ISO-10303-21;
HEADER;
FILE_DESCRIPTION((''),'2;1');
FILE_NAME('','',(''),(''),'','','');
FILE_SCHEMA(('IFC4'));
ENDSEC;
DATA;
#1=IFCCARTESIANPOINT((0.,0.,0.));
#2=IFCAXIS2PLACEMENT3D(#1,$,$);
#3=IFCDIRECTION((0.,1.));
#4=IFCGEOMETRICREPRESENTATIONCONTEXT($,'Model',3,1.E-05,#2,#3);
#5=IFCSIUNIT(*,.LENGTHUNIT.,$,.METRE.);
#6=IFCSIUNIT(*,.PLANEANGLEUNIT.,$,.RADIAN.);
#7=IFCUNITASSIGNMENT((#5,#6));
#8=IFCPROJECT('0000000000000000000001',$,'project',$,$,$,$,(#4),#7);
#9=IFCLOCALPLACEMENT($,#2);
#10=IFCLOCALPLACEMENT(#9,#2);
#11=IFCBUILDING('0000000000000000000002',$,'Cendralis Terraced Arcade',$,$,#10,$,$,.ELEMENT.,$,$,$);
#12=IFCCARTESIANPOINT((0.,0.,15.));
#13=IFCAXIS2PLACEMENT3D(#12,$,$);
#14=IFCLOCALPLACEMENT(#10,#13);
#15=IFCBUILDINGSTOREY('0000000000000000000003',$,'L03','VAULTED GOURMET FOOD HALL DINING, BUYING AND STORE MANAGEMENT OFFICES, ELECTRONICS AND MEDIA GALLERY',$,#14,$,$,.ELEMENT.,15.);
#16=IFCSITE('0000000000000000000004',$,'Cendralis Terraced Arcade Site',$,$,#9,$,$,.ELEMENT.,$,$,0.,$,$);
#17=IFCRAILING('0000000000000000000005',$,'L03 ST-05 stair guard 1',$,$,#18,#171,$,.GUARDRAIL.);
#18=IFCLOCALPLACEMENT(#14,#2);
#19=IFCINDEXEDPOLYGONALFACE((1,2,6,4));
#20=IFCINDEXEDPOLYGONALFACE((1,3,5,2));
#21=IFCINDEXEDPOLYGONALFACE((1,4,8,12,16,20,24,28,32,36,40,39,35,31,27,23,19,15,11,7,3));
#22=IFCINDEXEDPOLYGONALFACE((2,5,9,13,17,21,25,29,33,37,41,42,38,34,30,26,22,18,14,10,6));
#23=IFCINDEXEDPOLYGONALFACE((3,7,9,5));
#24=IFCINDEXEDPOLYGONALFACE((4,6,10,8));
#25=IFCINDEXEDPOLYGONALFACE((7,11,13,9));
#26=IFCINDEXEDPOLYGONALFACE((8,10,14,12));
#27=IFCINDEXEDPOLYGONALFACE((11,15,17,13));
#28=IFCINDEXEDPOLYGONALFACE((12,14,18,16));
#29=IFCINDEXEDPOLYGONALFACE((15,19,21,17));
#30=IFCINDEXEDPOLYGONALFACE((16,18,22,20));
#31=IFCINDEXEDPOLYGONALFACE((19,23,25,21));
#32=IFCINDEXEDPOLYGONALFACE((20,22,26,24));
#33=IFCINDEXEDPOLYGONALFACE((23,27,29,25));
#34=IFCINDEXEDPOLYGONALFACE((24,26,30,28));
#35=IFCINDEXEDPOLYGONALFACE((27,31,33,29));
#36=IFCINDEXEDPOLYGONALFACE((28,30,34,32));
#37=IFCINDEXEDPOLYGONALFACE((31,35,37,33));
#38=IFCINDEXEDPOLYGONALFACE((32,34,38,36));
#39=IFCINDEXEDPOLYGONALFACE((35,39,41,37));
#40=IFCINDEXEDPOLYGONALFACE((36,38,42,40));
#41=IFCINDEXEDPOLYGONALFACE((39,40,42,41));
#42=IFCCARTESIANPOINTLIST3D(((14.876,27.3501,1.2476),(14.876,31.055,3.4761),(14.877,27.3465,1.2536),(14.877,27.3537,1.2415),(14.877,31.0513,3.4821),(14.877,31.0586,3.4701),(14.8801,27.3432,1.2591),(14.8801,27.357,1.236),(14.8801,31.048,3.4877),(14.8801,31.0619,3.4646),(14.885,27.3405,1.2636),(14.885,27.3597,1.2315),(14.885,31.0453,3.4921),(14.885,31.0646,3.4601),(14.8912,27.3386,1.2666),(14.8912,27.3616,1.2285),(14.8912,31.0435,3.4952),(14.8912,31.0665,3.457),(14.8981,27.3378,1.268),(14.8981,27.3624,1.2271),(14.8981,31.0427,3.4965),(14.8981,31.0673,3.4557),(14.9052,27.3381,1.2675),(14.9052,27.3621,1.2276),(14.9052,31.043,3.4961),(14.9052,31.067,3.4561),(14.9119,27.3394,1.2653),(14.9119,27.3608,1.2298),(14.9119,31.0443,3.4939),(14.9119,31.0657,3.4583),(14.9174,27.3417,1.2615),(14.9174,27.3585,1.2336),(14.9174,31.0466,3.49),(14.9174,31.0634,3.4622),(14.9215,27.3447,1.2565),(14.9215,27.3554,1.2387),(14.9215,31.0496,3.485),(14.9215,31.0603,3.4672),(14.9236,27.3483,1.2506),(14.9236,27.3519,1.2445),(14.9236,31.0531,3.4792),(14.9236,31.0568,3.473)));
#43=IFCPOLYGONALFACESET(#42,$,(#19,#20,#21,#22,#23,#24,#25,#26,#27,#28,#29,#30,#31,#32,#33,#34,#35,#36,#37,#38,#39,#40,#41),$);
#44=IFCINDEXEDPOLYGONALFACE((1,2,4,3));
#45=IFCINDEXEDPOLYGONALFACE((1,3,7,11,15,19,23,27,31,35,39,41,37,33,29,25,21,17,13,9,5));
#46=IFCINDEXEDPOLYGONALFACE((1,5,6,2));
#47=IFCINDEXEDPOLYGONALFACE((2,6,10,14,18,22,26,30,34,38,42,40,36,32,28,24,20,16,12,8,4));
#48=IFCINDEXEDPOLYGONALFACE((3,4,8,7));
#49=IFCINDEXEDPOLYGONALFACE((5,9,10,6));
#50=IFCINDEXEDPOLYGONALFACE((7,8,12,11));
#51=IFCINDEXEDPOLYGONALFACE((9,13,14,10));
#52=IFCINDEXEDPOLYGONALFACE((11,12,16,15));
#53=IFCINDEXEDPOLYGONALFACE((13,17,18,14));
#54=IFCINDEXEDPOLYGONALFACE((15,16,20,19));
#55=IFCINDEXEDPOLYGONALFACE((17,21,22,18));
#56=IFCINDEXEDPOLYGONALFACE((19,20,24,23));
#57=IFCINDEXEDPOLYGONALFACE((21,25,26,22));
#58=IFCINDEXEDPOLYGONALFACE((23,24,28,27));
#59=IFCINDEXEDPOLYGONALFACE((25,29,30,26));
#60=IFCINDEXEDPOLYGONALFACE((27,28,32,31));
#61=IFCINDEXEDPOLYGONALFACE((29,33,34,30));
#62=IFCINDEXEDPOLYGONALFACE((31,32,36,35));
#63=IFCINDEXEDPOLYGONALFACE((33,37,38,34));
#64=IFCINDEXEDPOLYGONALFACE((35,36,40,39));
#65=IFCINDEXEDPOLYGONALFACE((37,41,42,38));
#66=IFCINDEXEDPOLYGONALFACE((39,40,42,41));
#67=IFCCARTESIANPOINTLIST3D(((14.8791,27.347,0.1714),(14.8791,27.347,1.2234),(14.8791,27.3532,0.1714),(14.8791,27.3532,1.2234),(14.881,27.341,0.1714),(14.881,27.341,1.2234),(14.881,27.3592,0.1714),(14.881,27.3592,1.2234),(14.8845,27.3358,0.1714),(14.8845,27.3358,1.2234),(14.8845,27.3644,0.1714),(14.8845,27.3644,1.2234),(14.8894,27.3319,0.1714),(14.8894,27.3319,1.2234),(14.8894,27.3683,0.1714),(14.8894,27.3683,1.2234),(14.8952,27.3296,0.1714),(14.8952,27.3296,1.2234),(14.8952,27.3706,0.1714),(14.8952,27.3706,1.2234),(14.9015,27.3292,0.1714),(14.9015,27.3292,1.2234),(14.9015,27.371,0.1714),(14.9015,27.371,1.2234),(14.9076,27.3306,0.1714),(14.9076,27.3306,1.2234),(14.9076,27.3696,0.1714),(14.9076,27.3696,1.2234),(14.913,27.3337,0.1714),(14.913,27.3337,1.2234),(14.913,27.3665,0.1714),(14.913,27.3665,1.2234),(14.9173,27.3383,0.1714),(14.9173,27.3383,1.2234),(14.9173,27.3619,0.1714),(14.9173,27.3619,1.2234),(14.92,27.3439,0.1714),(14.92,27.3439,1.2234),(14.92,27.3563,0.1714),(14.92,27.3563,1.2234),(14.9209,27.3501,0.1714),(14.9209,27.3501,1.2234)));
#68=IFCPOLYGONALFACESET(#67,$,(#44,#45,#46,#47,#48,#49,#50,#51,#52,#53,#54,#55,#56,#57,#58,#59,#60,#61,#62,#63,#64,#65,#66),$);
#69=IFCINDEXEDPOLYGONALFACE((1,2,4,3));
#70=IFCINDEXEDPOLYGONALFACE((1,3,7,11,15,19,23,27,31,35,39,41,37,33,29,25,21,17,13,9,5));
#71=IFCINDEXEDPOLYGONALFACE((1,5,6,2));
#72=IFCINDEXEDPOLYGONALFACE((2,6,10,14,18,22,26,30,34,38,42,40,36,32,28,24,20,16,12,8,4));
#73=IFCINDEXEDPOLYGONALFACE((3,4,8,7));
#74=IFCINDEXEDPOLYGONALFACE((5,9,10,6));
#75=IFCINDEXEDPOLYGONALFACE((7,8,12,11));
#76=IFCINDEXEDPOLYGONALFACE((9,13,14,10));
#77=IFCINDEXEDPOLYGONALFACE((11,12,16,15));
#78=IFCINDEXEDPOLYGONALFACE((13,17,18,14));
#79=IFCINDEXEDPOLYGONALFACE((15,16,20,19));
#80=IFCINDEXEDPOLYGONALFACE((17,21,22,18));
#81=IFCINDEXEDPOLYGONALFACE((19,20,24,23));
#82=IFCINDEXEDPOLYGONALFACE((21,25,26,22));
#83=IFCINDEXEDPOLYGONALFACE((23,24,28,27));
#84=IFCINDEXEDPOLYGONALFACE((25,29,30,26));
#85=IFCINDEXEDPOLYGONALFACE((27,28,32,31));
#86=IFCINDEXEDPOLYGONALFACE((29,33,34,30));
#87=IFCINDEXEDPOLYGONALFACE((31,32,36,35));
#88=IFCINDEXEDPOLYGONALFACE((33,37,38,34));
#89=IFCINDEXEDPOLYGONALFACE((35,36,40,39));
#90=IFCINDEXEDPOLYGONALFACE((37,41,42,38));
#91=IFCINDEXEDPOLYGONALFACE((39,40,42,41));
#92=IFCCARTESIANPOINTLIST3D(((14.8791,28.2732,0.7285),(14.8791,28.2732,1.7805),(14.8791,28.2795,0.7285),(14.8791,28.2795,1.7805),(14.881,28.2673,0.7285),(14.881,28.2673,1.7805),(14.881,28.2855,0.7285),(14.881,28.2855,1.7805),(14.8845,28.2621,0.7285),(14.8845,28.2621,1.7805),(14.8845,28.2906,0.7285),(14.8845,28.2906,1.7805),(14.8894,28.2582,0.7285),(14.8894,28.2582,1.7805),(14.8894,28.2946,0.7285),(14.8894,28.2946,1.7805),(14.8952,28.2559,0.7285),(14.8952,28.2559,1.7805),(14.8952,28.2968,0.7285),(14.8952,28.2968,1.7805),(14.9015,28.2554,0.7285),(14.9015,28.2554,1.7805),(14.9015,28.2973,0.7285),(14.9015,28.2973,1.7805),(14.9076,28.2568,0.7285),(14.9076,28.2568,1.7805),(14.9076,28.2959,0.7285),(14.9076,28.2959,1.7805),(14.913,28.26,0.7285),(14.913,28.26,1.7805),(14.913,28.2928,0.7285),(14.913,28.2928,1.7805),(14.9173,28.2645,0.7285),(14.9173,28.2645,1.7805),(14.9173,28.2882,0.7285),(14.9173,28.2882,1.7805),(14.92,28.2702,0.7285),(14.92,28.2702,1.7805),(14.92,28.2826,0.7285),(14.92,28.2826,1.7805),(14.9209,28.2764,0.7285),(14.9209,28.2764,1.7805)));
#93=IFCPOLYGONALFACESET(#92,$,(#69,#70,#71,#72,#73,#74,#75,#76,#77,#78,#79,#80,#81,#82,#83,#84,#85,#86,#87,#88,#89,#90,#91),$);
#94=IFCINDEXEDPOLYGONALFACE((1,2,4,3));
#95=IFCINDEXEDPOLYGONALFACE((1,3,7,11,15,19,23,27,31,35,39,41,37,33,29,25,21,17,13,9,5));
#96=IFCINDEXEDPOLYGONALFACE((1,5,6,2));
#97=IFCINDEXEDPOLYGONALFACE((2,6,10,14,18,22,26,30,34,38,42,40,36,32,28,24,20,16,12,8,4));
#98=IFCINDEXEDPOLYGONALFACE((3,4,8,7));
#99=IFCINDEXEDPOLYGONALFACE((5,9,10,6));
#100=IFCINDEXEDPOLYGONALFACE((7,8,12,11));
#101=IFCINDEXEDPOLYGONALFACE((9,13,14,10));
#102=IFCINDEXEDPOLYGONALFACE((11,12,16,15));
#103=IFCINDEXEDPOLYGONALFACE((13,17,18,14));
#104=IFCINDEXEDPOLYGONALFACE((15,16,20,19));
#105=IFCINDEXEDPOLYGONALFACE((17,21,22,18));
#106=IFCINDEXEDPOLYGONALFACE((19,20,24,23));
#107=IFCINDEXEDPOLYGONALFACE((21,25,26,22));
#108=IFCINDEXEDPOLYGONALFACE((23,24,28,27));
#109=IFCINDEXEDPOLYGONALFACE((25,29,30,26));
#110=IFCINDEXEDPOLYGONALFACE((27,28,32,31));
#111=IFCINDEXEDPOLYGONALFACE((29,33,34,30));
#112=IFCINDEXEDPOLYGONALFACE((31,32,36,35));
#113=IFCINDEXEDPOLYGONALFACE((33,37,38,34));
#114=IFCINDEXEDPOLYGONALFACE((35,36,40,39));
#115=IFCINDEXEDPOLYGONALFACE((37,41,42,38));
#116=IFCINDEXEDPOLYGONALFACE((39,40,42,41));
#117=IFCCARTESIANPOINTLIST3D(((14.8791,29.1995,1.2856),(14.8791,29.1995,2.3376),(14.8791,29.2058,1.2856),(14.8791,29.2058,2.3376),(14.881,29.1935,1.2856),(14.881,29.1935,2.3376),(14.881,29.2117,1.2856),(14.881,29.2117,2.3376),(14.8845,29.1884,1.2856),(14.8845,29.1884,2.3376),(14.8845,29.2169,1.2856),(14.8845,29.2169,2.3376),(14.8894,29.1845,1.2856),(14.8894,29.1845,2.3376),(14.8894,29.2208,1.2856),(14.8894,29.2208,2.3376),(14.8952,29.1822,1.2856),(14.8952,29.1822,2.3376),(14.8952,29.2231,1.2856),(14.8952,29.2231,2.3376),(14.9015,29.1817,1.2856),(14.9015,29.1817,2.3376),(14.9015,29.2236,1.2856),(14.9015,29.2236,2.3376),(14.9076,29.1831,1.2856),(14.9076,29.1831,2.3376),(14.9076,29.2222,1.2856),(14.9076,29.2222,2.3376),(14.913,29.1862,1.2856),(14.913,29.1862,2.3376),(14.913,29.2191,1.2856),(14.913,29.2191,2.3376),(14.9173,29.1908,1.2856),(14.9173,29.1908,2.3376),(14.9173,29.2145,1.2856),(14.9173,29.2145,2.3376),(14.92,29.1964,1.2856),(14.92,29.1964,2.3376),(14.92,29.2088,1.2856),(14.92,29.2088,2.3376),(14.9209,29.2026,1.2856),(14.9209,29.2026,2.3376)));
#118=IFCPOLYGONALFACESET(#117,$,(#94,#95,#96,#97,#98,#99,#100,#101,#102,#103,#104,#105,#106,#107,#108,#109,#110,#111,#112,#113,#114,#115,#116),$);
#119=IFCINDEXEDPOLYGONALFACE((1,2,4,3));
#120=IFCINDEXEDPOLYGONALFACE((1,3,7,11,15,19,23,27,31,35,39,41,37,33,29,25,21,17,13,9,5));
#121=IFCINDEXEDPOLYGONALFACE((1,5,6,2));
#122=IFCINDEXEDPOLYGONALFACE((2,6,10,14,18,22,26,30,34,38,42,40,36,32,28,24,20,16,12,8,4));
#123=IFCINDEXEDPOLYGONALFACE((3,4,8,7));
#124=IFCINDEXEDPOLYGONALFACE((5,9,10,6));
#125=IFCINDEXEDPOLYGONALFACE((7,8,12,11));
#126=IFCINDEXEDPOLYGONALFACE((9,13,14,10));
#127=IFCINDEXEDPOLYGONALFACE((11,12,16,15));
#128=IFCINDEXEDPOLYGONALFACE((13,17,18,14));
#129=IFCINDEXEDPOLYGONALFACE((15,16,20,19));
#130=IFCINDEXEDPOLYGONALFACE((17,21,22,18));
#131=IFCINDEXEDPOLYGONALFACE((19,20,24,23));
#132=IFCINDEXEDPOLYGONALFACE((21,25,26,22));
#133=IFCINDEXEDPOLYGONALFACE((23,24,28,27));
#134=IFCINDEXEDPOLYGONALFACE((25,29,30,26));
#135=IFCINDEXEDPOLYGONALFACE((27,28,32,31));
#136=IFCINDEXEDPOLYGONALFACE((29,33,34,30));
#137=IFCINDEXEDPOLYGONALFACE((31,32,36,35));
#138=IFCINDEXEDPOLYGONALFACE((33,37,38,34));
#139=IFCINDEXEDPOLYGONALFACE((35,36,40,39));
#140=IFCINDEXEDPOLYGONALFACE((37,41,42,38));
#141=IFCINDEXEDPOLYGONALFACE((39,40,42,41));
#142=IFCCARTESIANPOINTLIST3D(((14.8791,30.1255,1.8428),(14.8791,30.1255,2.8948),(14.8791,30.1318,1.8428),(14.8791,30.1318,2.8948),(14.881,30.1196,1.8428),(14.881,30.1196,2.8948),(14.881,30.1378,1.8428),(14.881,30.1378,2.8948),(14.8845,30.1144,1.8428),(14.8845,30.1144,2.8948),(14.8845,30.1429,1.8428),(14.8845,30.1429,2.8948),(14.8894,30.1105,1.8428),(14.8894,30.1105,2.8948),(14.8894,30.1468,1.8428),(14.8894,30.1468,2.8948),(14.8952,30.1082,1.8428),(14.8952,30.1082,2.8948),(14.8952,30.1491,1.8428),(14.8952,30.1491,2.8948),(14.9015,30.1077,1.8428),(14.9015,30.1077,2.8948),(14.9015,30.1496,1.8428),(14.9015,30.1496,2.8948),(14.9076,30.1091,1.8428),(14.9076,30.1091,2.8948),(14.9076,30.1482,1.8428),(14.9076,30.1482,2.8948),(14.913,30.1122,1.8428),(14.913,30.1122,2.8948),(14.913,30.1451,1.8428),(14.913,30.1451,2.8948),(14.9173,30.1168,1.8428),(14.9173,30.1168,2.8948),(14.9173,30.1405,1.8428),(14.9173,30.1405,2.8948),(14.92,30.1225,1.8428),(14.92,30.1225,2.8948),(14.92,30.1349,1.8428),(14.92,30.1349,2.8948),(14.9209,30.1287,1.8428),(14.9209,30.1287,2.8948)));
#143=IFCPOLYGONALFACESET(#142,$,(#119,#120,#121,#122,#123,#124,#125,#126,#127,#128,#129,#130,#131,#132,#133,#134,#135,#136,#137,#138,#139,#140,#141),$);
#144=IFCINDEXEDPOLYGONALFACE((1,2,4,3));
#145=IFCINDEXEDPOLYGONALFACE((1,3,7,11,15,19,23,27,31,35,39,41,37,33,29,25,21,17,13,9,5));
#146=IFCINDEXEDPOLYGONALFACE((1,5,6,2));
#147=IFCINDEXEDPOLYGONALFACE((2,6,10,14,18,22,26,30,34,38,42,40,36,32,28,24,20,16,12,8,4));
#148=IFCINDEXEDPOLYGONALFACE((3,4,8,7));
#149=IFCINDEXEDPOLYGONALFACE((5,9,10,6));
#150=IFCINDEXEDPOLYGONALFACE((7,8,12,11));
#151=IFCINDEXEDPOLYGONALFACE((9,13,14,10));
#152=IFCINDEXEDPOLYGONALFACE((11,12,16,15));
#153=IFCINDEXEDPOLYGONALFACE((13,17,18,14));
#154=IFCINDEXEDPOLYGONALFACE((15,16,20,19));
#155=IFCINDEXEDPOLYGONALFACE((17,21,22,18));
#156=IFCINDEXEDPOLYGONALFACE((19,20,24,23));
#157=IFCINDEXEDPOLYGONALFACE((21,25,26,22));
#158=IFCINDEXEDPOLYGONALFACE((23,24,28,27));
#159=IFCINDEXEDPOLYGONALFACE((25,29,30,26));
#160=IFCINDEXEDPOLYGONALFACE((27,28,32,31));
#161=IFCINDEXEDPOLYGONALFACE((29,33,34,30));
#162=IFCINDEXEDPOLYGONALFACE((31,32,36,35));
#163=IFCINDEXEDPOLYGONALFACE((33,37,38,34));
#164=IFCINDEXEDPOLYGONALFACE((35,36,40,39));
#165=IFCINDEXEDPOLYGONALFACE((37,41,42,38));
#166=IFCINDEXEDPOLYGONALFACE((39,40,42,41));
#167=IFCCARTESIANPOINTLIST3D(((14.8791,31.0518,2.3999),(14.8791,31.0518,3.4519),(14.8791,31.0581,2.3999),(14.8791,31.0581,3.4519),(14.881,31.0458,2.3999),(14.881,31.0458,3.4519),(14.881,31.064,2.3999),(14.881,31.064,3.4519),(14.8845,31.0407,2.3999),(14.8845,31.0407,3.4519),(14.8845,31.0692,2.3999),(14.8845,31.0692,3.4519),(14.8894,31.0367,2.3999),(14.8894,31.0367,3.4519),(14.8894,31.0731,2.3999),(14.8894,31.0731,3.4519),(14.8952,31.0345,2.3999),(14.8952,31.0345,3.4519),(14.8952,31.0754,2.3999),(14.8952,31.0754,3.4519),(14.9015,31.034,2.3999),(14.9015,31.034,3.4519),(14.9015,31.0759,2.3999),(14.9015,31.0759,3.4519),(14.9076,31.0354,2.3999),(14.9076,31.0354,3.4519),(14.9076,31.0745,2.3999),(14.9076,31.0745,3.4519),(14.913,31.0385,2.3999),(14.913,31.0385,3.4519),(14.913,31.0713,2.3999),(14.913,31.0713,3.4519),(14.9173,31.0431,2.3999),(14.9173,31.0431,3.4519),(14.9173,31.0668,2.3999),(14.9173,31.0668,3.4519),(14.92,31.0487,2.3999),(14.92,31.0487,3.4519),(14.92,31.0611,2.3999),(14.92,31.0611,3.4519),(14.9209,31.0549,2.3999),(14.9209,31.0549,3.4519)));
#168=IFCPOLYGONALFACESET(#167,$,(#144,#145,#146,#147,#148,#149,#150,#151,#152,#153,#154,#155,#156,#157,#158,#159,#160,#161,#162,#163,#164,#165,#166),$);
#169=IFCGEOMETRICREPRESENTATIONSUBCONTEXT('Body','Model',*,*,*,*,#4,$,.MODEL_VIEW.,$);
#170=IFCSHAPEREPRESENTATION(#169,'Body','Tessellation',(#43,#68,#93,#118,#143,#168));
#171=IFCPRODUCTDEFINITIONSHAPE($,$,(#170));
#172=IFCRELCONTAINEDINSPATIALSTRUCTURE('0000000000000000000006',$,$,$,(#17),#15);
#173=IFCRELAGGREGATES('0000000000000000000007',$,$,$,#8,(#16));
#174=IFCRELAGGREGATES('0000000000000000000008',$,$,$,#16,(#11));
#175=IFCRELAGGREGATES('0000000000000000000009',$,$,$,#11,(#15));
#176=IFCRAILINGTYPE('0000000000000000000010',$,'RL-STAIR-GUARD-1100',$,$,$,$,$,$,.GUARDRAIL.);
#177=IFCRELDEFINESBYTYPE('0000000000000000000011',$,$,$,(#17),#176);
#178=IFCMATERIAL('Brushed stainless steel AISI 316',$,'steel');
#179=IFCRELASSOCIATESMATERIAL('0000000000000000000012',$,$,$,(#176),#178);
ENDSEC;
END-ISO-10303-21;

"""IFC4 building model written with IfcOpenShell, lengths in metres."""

from ifc_helpers import new_model, si_unit, direction, frame, origin, origin_2d, place, context, subcontext, project, spatial, circle, extrude, material, type_object, element, save


model = new_model("IFC4")

# Units and contexts
model_context = context("Model", 3, precision=1e-05, world=origin(), true_north=direction((0.0, 1.0)))
body_context = subcontext(model_context, "Body", "Model", "MODEL_VIEW")
ifc_project = project(units=[si_unit("LENGTHUNIT", "METRE"), si_unit("PLANEANGLEUNIT", "RADIAN")], contexts=[model_context])

# Site, building, storey
site_placement = place(None, origin())
site = spatial("IfcSite", under=ifc_project, at=site_placement, Name="Cendralis Terraced Arcade Site", CompositionType="ELEMENT", RefElevation=0.0)
building_placement = place(site_placement, origin())
building = spatial("IfcBuilding", under=site, at=building_placement, Name="Cendralis Terraced Arcade", CompositionType="ELEMENT")
storey_placement = place(building_placement, frame((0.0, 0.0, 15.0)))
storey = spatial("IfcBuildingStorey", under=building, at=storey_placement, Name="L03", Description="VAULTED GOURMET FOOD HALL DINING, BUYING AND STORE MANAGEMENT OFFICES, ELECTRONICS AND MEDIA GALLERY", CompositionType="ELEMENT", Elevation=15.0)

# Railing
ifc_material_1 = material(Name="Brushed stainless steel AISI 316", Category="steel")
railing_type_1 = type_object("IfcRailingType", Name="RL-STAIR-GUARD-1100", PredefinedType="GUARDRAIL", material=ifc_material_1)
railing_1_placement = place(storey_placement, frame((14.8999, 27.3501, 0.1714)))
element("IfcRailing", 1, at=railing_1_placement, inside=storey, type_object=railing_type_1, Name="L03 ST-05 stair guard 1", PredefinedType="GUARDRAIL", context=body_context, shape_type="SweptSolid", body=[
    extrude(circle(Radius=0.0239, at=origin_2d()), frame((0.0, 0.0, 1.0762), z_axis=(0.0, 0.856919, 0.51545), x_axis=(-1.0, 0.0, 0.0)), (0.0, 0.0, 1.0), 4.3235),
    extrude(circle(Radius=0.021, at=origin_2d()), origin(), (0.0, 0.0, 1.0), 1.052),
    extrude(circle(Radius=0.021, at=origin_2d()), frame((0.0, 0.9263, 0.5571)), (0.0, 0.0, 1.0), 1.052),
    extrude(circle(Radius=0.021, at=origin_2d()), frame((0.0, 1.8525, 1.1143)), (0.0, 0.0, 1.0), 1.052),
    extrude(circle(Radius=0.021, at=origin_2d()), frame((0.0, 2.7786, 1.6714)), (0.0, 0.0, 1.0), 1.052),
    extrude(circle(Radius=0.021, at=origin_2d()), frame((0.0, 3.7048, 2.2285)), (0.0, 0.0, 1.0), 1.052),
])

save(model, "model.ifc")
